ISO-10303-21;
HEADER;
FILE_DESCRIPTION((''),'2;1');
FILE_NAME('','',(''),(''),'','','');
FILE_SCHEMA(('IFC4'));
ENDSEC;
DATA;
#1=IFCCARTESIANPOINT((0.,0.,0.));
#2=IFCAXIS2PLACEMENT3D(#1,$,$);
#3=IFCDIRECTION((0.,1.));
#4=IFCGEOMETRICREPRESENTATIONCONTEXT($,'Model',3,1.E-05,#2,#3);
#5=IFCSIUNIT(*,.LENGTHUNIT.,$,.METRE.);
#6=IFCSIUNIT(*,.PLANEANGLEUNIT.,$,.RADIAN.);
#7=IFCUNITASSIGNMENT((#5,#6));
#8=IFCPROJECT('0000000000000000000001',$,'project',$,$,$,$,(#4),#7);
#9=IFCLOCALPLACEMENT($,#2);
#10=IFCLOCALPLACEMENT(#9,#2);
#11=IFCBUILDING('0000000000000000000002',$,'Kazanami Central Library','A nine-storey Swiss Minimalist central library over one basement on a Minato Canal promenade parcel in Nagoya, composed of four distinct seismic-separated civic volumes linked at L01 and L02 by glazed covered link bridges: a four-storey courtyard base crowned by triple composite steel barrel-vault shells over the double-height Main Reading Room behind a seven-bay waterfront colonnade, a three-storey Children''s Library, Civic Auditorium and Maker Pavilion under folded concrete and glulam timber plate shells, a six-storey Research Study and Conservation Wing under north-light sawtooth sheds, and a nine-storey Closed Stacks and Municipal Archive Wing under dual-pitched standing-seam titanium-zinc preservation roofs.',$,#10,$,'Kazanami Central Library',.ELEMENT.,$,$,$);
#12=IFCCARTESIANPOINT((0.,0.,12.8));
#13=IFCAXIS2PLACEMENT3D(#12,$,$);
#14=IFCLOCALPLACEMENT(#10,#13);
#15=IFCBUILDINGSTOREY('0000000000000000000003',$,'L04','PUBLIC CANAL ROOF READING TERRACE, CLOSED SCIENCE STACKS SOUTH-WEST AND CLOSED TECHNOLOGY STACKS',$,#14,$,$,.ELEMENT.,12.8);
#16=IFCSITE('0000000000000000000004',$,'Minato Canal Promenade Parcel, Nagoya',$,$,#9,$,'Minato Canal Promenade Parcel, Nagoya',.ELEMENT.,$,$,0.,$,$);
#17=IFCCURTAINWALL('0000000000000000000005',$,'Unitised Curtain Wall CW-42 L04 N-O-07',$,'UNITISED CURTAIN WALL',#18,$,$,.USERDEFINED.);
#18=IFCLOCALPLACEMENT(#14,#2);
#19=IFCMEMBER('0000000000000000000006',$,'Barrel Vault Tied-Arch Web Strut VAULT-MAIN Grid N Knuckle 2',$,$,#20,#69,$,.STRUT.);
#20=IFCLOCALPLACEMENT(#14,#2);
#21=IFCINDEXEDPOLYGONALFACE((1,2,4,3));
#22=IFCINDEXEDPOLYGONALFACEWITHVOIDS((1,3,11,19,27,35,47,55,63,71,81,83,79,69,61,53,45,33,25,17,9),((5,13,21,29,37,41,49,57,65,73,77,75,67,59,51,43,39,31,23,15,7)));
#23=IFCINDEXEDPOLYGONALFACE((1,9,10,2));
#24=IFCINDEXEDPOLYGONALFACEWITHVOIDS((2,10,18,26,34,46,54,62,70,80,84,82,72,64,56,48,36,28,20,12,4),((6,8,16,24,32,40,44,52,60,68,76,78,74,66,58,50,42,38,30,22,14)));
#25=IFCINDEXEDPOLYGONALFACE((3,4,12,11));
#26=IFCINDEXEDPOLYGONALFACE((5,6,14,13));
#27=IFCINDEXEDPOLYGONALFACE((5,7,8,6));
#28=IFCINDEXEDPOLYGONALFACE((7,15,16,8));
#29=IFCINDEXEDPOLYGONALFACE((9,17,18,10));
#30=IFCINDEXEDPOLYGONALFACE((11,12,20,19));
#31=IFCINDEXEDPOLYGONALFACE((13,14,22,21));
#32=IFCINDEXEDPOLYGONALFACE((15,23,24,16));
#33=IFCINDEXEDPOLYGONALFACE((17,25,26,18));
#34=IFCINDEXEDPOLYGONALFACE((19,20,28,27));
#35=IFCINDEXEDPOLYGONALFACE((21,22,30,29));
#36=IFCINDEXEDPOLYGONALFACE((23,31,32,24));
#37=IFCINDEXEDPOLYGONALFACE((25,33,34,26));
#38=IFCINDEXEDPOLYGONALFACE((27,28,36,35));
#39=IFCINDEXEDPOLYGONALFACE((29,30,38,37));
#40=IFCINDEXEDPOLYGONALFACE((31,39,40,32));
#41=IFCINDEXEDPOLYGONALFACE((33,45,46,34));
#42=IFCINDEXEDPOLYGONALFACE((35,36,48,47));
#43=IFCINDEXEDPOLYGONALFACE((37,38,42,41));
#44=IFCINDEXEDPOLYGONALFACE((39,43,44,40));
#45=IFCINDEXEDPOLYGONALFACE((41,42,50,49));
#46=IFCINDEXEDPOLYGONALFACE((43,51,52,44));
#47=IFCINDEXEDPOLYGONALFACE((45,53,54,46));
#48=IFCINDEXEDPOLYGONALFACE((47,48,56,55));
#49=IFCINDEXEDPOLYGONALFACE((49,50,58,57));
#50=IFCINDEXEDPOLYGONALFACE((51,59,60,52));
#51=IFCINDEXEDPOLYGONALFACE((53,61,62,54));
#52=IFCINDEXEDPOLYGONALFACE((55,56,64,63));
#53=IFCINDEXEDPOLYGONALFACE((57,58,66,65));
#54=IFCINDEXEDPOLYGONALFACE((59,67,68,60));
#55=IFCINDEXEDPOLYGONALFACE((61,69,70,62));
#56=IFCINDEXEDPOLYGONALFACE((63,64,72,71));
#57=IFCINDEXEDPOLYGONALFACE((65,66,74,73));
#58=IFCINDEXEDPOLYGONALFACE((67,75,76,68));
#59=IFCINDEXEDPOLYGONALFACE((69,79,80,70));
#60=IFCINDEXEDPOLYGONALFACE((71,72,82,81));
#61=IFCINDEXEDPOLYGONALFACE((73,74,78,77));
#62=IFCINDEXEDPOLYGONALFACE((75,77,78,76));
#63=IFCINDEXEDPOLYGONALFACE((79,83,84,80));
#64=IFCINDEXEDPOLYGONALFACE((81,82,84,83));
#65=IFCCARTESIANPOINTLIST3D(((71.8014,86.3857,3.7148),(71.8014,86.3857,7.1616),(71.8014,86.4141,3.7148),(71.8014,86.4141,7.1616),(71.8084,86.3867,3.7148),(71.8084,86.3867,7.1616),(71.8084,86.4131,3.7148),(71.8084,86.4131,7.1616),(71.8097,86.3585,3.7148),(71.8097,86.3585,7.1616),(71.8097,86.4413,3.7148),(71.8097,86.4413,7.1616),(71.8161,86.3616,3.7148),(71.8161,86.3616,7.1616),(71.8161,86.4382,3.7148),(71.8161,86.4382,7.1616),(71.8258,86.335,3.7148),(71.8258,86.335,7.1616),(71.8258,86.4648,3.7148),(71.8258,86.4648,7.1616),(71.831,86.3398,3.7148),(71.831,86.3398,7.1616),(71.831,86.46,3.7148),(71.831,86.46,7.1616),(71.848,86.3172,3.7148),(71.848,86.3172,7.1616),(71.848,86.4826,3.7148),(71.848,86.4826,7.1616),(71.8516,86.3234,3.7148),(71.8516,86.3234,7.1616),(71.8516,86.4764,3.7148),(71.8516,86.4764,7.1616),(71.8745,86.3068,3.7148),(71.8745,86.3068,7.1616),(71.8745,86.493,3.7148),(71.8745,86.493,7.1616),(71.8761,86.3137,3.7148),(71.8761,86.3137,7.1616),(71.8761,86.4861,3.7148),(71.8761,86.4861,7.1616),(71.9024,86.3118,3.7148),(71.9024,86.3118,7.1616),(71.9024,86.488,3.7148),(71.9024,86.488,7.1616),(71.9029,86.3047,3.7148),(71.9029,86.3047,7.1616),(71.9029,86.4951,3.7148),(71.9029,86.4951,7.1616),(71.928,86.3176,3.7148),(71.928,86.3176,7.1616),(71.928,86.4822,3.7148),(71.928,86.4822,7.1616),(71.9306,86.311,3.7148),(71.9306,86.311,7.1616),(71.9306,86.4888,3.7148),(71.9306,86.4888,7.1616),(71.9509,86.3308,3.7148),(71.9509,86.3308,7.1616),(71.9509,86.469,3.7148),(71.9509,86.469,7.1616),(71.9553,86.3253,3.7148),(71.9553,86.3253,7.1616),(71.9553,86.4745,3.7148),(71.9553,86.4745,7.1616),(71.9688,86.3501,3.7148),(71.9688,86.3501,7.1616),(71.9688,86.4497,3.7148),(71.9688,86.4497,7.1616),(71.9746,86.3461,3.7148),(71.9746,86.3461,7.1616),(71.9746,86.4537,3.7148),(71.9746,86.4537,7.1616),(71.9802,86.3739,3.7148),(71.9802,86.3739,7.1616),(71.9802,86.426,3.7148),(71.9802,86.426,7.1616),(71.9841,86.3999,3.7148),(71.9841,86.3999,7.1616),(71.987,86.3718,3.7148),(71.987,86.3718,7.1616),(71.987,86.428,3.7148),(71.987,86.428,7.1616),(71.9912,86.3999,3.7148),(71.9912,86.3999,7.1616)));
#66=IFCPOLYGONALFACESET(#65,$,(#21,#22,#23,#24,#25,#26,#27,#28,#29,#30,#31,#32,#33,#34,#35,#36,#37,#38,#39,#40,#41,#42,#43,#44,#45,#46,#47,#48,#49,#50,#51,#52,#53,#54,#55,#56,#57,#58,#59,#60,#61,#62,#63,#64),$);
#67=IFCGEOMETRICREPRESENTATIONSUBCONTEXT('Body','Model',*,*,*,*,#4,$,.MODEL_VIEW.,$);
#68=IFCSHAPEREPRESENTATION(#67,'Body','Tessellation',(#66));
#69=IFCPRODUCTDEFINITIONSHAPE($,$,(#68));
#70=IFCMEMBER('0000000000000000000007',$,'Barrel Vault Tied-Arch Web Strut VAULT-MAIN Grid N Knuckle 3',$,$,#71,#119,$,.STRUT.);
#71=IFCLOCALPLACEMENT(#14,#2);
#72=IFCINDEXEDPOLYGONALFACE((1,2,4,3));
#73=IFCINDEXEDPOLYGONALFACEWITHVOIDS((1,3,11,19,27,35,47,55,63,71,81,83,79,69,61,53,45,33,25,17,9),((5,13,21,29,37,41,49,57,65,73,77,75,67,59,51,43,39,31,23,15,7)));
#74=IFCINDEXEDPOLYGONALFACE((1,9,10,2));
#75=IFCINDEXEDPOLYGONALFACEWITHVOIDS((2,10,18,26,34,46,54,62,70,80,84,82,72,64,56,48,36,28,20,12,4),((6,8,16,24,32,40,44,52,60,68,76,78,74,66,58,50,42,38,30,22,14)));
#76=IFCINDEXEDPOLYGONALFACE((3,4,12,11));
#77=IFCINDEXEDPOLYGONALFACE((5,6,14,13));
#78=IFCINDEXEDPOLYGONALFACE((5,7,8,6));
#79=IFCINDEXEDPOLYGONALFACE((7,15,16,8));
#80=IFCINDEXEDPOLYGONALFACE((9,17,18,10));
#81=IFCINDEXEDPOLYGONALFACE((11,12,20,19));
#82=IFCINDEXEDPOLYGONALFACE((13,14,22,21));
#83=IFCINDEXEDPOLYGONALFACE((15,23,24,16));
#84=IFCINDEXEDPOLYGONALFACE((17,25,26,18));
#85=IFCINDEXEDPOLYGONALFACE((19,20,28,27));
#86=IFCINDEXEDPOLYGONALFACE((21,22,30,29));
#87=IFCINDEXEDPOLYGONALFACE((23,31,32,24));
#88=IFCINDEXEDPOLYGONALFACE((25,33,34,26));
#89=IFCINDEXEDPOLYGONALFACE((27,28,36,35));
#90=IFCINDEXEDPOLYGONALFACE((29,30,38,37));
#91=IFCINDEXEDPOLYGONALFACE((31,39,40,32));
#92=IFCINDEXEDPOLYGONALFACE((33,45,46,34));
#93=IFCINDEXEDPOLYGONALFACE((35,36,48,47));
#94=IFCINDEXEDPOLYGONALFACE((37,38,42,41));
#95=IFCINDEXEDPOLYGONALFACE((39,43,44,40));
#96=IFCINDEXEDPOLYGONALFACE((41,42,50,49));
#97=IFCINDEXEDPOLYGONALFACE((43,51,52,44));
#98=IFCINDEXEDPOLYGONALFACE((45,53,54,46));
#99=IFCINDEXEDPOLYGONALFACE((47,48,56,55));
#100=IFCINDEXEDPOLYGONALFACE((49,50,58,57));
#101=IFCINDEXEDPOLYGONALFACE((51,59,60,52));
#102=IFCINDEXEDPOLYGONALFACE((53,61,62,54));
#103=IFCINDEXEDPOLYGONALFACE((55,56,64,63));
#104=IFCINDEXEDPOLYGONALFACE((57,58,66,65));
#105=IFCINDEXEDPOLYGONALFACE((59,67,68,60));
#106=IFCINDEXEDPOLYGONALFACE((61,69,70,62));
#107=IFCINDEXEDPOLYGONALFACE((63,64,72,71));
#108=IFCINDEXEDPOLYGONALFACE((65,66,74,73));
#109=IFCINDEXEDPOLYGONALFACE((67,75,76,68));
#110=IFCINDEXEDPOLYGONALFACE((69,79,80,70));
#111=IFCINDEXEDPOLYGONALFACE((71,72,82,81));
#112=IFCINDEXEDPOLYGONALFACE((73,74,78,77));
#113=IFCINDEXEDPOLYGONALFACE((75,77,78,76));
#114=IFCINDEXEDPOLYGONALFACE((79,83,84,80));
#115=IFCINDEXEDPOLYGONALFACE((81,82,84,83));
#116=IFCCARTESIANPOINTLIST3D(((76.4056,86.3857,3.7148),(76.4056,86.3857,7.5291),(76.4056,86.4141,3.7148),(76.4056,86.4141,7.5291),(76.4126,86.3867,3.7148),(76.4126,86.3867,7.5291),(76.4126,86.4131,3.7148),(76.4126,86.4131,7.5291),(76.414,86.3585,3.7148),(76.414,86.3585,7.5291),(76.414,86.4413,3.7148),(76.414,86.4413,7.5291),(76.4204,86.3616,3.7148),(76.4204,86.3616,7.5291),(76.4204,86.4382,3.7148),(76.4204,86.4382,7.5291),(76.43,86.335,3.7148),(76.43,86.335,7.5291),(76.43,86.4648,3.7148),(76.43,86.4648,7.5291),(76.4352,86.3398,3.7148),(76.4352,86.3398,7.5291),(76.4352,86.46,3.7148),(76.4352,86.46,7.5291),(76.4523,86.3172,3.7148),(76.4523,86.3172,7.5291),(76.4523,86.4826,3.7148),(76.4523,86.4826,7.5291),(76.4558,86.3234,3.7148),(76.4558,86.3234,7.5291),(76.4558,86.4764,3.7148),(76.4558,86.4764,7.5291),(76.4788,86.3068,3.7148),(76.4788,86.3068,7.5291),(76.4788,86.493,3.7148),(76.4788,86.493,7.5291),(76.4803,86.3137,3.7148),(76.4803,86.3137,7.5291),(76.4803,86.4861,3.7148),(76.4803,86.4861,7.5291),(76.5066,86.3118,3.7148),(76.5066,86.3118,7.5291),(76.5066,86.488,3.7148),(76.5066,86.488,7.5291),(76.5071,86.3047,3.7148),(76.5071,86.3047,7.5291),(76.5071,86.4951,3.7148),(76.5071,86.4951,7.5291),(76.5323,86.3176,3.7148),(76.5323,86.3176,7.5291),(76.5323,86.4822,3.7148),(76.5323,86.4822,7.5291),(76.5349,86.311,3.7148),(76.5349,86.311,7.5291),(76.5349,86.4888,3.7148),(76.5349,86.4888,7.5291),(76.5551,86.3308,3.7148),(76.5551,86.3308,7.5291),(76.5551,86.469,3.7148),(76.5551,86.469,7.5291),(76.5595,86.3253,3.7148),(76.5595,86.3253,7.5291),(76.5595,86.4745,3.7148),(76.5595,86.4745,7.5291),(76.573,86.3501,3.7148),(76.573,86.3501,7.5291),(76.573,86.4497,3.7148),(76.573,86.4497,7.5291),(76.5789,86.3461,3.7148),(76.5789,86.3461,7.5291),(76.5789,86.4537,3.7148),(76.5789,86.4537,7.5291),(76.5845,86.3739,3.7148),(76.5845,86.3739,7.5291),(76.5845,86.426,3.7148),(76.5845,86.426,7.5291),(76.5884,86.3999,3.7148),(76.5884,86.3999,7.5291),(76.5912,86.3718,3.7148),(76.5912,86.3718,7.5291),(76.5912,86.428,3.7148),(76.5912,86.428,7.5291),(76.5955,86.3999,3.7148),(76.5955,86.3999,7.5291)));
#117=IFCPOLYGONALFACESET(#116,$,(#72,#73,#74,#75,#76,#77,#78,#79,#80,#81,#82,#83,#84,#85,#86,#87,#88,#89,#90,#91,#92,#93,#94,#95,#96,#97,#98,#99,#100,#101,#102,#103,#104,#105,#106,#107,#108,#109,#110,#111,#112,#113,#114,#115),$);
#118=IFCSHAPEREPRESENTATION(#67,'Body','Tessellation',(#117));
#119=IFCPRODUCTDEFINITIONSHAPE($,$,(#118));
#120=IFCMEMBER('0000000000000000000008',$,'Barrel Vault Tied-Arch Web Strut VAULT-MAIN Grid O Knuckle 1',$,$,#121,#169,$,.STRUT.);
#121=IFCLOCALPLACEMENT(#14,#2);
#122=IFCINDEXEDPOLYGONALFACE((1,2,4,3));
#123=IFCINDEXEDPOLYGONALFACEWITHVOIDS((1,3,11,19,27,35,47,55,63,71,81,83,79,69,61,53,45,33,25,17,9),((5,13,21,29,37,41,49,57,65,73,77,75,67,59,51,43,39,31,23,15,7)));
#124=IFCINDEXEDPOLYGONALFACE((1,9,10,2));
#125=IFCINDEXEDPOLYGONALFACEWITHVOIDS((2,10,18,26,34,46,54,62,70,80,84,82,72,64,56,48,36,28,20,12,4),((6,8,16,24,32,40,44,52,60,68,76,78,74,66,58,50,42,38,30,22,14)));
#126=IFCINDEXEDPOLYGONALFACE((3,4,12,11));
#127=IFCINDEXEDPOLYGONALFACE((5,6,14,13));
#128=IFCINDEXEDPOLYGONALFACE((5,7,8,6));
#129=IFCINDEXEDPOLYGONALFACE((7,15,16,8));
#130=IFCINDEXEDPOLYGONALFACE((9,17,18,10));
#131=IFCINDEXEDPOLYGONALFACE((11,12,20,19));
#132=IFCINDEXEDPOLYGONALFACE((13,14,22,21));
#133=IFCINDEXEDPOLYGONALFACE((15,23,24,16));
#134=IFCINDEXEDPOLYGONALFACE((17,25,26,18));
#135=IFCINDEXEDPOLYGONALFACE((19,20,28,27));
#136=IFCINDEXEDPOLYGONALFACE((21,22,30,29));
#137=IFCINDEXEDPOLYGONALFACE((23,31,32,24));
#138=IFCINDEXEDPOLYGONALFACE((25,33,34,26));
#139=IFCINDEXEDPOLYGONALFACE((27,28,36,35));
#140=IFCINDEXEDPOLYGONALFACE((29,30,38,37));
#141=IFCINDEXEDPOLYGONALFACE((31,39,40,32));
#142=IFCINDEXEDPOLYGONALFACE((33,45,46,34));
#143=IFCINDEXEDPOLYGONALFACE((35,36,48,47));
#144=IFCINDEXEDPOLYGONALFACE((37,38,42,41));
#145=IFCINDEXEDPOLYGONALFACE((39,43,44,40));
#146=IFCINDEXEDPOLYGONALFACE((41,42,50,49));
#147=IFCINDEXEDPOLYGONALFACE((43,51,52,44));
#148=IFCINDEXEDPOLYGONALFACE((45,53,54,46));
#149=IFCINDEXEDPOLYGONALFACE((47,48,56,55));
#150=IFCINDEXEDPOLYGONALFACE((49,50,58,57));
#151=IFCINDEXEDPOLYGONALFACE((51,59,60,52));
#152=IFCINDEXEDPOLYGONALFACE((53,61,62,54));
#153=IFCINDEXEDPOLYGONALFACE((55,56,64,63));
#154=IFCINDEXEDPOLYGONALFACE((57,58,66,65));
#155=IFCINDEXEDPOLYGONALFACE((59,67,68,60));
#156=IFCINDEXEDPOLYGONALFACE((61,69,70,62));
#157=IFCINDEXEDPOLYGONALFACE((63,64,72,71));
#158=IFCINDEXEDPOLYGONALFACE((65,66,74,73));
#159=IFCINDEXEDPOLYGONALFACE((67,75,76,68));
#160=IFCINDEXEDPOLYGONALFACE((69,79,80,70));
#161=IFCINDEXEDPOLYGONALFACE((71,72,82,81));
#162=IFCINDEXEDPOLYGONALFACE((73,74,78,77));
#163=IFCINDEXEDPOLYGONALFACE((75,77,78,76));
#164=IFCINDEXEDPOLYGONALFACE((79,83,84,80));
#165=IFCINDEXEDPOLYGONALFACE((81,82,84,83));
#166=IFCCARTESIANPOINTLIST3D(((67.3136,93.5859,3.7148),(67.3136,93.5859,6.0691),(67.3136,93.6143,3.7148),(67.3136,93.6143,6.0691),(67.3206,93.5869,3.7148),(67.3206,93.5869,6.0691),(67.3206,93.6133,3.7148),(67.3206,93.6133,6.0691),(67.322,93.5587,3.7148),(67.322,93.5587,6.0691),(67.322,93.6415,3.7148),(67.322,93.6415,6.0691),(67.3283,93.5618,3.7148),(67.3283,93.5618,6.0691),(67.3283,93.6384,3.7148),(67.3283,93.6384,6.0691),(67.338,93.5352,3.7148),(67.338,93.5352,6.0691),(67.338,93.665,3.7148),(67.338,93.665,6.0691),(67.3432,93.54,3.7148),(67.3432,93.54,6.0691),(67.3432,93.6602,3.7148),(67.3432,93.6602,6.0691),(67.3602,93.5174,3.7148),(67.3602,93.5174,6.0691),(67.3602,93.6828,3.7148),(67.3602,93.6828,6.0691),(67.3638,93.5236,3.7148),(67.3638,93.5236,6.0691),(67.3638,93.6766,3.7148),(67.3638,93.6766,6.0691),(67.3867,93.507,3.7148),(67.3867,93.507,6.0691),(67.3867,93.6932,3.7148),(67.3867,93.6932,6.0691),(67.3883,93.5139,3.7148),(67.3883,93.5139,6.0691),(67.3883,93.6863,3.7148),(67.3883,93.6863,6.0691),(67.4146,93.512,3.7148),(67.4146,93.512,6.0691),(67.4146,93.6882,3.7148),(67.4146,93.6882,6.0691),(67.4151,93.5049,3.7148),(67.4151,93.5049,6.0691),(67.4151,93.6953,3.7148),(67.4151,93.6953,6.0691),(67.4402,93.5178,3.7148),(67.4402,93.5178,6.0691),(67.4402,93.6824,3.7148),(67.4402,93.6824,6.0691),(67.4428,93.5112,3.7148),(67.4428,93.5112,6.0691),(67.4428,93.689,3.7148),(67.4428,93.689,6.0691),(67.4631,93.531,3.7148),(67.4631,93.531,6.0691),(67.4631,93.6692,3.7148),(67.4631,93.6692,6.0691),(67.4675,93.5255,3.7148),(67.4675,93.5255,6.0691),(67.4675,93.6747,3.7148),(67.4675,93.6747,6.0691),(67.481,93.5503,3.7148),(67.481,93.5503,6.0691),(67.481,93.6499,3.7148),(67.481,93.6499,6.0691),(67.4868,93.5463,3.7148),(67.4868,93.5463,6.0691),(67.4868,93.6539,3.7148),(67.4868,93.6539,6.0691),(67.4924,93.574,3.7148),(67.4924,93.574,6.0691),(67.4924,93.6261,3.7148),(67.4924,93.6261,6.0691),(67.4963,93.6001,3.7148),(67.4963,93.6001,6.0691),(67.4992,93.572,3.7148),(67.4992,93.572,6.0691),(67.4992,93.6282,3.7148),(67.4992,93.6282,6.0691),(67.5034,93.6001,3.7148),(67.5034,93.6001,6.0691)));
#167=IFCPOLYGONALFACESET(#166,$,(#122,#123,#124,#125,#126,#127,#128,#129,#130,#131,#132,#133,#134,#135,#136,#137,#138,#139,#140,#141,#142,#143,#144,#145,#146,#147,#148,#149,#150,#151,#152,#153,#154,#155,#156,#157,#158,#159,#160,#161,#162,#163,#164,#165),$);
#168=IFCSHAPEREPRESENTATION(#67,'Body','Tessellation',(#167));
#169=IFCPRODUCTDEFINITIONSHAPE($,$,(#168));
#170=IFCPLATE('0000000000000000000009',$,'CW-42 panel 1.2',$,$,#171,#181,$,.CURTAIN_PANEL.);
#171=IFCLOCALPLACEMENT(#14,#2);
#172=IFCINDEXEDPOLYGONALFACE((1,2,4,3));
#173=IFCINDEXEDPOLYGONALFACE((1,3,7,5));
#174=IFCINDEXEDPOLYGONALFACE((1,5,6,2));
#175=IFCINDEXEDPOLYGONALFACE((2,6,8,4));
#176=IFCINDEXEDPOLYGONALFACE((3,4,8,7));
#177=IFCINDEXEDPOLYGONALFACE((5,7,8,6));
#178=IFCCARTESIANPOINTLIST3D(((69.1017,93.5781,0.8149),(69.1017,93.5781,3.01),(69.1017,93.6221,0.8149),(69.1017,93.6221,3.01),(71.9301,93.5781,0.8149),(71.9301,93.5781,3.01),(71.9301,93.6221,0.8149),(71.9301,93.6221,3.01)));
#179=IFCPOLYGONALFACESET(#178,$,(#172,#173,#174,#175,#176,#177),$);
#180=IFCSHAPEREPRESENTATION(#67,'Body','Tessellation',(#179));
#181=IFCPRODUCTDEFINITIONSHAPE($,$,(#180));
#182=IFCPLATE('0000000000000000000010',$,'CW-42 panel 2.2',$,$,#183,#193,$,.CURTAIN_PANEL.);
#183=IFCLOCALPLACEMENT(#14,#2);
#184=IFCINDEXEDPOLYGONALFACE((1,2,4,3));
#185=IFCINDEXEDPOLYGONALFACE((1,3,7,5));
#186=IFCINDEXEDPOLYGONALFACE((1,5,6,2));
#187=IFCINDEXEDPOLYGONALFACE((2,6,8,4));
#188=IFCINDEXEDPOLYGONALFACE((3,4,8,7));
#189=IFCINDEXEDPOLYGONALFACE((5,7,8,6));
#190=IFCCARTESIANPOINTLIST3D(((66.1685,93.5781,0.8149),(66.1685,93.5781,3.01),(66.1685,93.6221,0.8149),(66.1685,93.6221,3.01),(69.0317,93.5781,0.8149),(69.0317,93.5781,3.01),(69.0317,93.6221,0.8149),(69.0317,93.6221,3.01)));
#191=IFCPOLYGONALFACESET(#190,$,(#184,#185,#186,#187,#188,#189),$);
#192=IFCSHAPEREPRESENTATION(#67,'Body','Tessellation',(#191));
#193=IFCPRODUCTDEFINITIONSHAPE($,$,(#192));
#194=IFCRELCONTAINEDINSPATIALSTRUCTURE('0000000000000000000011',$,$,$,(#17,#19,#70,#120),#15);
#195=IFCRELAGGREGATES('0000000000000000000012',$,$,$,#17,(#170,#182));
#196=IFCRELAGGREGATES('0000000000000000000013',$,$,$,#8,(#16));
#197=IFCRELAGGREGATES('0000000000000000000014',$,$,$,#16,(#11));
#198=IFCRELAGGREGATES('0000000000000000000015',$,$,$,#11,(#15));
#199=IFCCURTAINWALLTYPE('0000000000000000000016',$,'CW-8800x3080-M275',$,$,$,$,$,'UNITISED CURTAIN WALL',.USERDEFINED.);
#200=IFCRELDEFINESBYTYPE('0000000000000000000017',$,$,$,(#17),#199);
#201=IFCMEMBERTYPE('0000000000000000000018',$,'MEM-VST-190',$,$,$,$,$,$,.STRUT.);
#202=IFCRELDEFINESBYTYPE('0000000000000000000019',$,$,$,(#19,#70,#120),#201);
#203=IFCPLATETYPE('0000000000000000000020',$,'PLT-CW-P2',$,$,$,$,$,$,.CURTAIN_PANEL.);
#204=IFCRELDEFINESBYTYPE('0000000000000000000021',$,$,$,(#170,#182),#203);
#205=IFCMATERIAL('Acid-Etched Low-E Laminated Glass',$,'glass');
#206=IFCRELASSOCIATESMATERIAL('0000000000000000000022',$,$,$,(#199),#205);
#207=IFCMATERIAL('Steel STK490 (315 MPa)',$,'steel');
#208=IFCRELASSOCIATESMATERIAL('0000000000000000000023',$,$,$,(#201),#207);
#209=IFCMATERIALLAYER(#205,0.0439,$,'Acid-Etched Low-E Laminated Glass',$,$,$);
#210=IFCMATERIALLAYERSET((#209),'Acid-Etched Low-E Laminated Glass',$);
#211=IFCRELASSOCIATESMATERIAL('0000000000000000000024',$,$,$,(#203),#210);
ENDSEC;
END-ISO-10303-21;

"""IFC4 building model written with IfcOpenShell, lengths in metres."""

from ifc_helpers import new_model, si_unit, direction, frame, origin, origin_2d, place, context, subcontext, project, spatial, rectangle, hollow_circle, extrude, material, layer, layer_set, material_profile, profile_set, type_object, element, aggregate, save


model = new_model("IFC4")

# Units and contexts
model_context = context("Model", 3, precision=1e-05, world=origin(), true_north=direction((0.0, 1.0)))
body_context = subcontext(model_context, "Body", "Model", "MODEL_VIEW")
ifc_project = project(units=[si_unit("LENGTHUNIT", "METRE"), si_unit("PLANEANGLEUNIT", "RADIAN")], contexts=[model_context])

# Site, building, storey
site_placement = place(None, origin())
site = spatial("IfcSite", under=ifc_project, at=site_placement, Name="Minato Canal Promenade Parcel, Nagoya", LongName="Minato Canal Promenade Parcel, Nagoya", CompositionType="ELEMENT", RefElevation=0.0)
building_placement = place(site_placement, origin())
building = spatial("IfcBuilding", under=site, at=building_placement, Name="Kazanami Central Library", Description="A nine-storey Swiss Minimalist central library over one basement on a Minato Canal promenade parcel in Nagoya, composed of four distinct seismic-separated civic volumes linked at L01 and L02 by glazed covered link bridges: a four-storey courtyard base crowned by triple composite steel barrel-vault shells over the double-height Main Reading Room behind a seven-bay waterfront colonnade, a three-storey Children's Library, Civic Auditorium and Maker Pavilion under folded concrete and glulam timber plate shells, a six-storey Research Study and Conservation Wing under north-light sawtooth sheds, and a nine-storey Closed Stacks and Municipal Archive Wing under dual-pitched standing-seam titanium-zinc preservation roofs.", LongName="Kazanami Central Library", CompositionType="ELEMENT")
storey_placement = place(building_placement, frame((0.0, 0.0, 12.8)))
storey = spatial("IfcBuildingStorey", under=building, at=storey_placement, Name="L04", Description="PUBLIC CANAL ROOF READING TERRACE, CLOSED SCIENCE STACKS SOUTH-WEST AND CLOSED TECHNOLOGY STACKS", CompositionType="ELEMENT", Elevation=12.8)

# Curtain wall
ifc_material_1 = material(Name="Acid-Etched Low-E Laminated Glass", Category="glass")
curtain_wall_type = type_object("IfcCurtainWallType", Name="CW-8800x3080-M275", ElementType="UNITISED CURTAIN WALL", PredefinedType="USERDEFINED", material=ifc_material_1)
curtain_wall_placement = place(storey_placement, origin())
curtain_wall = element("IfcCurtainWall", 1, at=curtain_wall_placement, inside=storey, type_object=curtain_wall_type, Name="Unitised Curtain Wall CW-42 L04 N-O-07", ObjectType="UNITISED CURTAIN WALL", PredefinedType="USERDEFINED")

# Members
ifc_material_2 = material(Name="Steel STK490 (315 MPa)", Category="steel")
ifc_material_profile_1 = material_profile(ifc_material_2, hollow_circle(Radius=0.0955, WallThickness=0.0071, at=origin_2d()), Name="CHS-190.7x7.0")
ifc_profile_set_1 = profile_set([ifc_material_profile_1], Name="Steel STK490 (315 MPa)")
member_type_1 = type_object("IfcMemberType", Name="MEM-VST-190", PredefinedType="STRUT", material=ifc_profile_set_1)
member_1_placement = place(storey_placement, frame((71.8958, 86.3999, 3.7148), z_axis=(0.0, 0.0, 1.0), x_axis=(1.0, 0.0, 0.0)))
element("IfcMember", 2, at=member_1_placement, inside=storey, type_object=member_type_1, Name="Barrel Vault Tied-Arch Web Strut VAULT-MAIN Grid N Knuckle 2", PredefinedType="STRUT", context=body_context, shape_type="SweptSolid", body=[
    extrude(hollow_circle(Radius=0.0955, WallThickness=0.0071, at=origin_2d()), origin(), (0.0, 0.0, 1.0), 3.4468),
])
member_2_placement = place(storey_placement, frame((76.5, 86.3999, 3.7148), z_axis=(0.0, 0.0, 1.0), x_axis=(1.0, 0.0, 0.0)))
element("IfcMember", 3, at=member_2_placement, inside=storey, type_object=member_type_1, Name="Barrel Vault Tied-Arch Web Strut VAULT-MAIN Grid N Knuckle 3", PredefinedType="STRUT", context=body_context, shape_type="SweptSolid", body=[
    extrude(hollow_circle(Radius=0.0955, WallThickness=0.0071, at=origin_2d()), origin(), (0.0, 0.0, 1.0), 3.8142),
])
member_3_placement = place(storey_placement, frame((67.408, 93.6001, 3.7148), z_axis=(0.0, 0.0, 1.0), x_axis=(1.0, 0.0, 0.0)))
element("IfcMember", 4, at=member_3_placement, inside=storey, type_object=member_type_1, Name="Barrel Vault Tied-Arch Web Strut VAULT-MAIN Grid O Knuckle 1", PredefinedType="STRUT", context=body_context, shape_type="SweptSolid", body=[
    extrude(hollow_circle(Radius=0.0955, WallThickness=0.0071, at=origin_2d()), origin(), (0.0, 0.0, 1.0), 2.3542),
])

# Plates
ifc_layer_1 = layer(ifc_material_1, 0.0439, Name="Acid-Etched Low-E Laminated Glass")
ifc_layer_set_1 = layer_set([ifc_layer_1], Name="Acid-Etched Low-E Laminated Glass")
plate_type_1 = type_object("IfcPlateType", Name="PLT-CW-P2", PredefinedType="CURTAIN_PANEL", material=ifc_layer_set_1)
plate_1_placement = place(storey_placement, frame((70.5159, 93.6001, 0.8149), z_axis=(0.0, 0.0, 1.0), x_axis=(-1.0, 0.0, 0.0)))
plate_1 = element("IfcPlate", 5, at=plate_1_placement, type_object=plate_type_1, Name="CW-42 panel 1.2", PredefinedType="CURTAIN_PANEL", context=body_context, shape_type="SweptSolid", body=[
    extrude(rectangle(XDim=2.8284, YDim=0.0439, at=origin_2d()), origin(), (0.0, 0.0, 1.0), 2.1951),
])
plate_2_placement = place(storey_placement, frame((67.6001, 93.6001, 0.8149), z_axis=(0.0, 0.0, 1.0), x_axis=(-1.0, 0.0, 0.0)))
plate_2 = element("IfcPlate", 6, at=plate_2_placement, type_object=plate_type_1, Name="CW-42 panel 2.2", PredefinedType="CURTAIN_PANEL", context=body_context, shape_type="SweptSolid", body=[
    extrude(rectangle(XDim=2.8633, YDim=0.0439, at=origin_2d()), origin(), (0.0, 0.0, 1.0), 2.1951),
])
aggregate(curtain_wall, [plate_1, plate_2])

save(model, "model.ifc")
